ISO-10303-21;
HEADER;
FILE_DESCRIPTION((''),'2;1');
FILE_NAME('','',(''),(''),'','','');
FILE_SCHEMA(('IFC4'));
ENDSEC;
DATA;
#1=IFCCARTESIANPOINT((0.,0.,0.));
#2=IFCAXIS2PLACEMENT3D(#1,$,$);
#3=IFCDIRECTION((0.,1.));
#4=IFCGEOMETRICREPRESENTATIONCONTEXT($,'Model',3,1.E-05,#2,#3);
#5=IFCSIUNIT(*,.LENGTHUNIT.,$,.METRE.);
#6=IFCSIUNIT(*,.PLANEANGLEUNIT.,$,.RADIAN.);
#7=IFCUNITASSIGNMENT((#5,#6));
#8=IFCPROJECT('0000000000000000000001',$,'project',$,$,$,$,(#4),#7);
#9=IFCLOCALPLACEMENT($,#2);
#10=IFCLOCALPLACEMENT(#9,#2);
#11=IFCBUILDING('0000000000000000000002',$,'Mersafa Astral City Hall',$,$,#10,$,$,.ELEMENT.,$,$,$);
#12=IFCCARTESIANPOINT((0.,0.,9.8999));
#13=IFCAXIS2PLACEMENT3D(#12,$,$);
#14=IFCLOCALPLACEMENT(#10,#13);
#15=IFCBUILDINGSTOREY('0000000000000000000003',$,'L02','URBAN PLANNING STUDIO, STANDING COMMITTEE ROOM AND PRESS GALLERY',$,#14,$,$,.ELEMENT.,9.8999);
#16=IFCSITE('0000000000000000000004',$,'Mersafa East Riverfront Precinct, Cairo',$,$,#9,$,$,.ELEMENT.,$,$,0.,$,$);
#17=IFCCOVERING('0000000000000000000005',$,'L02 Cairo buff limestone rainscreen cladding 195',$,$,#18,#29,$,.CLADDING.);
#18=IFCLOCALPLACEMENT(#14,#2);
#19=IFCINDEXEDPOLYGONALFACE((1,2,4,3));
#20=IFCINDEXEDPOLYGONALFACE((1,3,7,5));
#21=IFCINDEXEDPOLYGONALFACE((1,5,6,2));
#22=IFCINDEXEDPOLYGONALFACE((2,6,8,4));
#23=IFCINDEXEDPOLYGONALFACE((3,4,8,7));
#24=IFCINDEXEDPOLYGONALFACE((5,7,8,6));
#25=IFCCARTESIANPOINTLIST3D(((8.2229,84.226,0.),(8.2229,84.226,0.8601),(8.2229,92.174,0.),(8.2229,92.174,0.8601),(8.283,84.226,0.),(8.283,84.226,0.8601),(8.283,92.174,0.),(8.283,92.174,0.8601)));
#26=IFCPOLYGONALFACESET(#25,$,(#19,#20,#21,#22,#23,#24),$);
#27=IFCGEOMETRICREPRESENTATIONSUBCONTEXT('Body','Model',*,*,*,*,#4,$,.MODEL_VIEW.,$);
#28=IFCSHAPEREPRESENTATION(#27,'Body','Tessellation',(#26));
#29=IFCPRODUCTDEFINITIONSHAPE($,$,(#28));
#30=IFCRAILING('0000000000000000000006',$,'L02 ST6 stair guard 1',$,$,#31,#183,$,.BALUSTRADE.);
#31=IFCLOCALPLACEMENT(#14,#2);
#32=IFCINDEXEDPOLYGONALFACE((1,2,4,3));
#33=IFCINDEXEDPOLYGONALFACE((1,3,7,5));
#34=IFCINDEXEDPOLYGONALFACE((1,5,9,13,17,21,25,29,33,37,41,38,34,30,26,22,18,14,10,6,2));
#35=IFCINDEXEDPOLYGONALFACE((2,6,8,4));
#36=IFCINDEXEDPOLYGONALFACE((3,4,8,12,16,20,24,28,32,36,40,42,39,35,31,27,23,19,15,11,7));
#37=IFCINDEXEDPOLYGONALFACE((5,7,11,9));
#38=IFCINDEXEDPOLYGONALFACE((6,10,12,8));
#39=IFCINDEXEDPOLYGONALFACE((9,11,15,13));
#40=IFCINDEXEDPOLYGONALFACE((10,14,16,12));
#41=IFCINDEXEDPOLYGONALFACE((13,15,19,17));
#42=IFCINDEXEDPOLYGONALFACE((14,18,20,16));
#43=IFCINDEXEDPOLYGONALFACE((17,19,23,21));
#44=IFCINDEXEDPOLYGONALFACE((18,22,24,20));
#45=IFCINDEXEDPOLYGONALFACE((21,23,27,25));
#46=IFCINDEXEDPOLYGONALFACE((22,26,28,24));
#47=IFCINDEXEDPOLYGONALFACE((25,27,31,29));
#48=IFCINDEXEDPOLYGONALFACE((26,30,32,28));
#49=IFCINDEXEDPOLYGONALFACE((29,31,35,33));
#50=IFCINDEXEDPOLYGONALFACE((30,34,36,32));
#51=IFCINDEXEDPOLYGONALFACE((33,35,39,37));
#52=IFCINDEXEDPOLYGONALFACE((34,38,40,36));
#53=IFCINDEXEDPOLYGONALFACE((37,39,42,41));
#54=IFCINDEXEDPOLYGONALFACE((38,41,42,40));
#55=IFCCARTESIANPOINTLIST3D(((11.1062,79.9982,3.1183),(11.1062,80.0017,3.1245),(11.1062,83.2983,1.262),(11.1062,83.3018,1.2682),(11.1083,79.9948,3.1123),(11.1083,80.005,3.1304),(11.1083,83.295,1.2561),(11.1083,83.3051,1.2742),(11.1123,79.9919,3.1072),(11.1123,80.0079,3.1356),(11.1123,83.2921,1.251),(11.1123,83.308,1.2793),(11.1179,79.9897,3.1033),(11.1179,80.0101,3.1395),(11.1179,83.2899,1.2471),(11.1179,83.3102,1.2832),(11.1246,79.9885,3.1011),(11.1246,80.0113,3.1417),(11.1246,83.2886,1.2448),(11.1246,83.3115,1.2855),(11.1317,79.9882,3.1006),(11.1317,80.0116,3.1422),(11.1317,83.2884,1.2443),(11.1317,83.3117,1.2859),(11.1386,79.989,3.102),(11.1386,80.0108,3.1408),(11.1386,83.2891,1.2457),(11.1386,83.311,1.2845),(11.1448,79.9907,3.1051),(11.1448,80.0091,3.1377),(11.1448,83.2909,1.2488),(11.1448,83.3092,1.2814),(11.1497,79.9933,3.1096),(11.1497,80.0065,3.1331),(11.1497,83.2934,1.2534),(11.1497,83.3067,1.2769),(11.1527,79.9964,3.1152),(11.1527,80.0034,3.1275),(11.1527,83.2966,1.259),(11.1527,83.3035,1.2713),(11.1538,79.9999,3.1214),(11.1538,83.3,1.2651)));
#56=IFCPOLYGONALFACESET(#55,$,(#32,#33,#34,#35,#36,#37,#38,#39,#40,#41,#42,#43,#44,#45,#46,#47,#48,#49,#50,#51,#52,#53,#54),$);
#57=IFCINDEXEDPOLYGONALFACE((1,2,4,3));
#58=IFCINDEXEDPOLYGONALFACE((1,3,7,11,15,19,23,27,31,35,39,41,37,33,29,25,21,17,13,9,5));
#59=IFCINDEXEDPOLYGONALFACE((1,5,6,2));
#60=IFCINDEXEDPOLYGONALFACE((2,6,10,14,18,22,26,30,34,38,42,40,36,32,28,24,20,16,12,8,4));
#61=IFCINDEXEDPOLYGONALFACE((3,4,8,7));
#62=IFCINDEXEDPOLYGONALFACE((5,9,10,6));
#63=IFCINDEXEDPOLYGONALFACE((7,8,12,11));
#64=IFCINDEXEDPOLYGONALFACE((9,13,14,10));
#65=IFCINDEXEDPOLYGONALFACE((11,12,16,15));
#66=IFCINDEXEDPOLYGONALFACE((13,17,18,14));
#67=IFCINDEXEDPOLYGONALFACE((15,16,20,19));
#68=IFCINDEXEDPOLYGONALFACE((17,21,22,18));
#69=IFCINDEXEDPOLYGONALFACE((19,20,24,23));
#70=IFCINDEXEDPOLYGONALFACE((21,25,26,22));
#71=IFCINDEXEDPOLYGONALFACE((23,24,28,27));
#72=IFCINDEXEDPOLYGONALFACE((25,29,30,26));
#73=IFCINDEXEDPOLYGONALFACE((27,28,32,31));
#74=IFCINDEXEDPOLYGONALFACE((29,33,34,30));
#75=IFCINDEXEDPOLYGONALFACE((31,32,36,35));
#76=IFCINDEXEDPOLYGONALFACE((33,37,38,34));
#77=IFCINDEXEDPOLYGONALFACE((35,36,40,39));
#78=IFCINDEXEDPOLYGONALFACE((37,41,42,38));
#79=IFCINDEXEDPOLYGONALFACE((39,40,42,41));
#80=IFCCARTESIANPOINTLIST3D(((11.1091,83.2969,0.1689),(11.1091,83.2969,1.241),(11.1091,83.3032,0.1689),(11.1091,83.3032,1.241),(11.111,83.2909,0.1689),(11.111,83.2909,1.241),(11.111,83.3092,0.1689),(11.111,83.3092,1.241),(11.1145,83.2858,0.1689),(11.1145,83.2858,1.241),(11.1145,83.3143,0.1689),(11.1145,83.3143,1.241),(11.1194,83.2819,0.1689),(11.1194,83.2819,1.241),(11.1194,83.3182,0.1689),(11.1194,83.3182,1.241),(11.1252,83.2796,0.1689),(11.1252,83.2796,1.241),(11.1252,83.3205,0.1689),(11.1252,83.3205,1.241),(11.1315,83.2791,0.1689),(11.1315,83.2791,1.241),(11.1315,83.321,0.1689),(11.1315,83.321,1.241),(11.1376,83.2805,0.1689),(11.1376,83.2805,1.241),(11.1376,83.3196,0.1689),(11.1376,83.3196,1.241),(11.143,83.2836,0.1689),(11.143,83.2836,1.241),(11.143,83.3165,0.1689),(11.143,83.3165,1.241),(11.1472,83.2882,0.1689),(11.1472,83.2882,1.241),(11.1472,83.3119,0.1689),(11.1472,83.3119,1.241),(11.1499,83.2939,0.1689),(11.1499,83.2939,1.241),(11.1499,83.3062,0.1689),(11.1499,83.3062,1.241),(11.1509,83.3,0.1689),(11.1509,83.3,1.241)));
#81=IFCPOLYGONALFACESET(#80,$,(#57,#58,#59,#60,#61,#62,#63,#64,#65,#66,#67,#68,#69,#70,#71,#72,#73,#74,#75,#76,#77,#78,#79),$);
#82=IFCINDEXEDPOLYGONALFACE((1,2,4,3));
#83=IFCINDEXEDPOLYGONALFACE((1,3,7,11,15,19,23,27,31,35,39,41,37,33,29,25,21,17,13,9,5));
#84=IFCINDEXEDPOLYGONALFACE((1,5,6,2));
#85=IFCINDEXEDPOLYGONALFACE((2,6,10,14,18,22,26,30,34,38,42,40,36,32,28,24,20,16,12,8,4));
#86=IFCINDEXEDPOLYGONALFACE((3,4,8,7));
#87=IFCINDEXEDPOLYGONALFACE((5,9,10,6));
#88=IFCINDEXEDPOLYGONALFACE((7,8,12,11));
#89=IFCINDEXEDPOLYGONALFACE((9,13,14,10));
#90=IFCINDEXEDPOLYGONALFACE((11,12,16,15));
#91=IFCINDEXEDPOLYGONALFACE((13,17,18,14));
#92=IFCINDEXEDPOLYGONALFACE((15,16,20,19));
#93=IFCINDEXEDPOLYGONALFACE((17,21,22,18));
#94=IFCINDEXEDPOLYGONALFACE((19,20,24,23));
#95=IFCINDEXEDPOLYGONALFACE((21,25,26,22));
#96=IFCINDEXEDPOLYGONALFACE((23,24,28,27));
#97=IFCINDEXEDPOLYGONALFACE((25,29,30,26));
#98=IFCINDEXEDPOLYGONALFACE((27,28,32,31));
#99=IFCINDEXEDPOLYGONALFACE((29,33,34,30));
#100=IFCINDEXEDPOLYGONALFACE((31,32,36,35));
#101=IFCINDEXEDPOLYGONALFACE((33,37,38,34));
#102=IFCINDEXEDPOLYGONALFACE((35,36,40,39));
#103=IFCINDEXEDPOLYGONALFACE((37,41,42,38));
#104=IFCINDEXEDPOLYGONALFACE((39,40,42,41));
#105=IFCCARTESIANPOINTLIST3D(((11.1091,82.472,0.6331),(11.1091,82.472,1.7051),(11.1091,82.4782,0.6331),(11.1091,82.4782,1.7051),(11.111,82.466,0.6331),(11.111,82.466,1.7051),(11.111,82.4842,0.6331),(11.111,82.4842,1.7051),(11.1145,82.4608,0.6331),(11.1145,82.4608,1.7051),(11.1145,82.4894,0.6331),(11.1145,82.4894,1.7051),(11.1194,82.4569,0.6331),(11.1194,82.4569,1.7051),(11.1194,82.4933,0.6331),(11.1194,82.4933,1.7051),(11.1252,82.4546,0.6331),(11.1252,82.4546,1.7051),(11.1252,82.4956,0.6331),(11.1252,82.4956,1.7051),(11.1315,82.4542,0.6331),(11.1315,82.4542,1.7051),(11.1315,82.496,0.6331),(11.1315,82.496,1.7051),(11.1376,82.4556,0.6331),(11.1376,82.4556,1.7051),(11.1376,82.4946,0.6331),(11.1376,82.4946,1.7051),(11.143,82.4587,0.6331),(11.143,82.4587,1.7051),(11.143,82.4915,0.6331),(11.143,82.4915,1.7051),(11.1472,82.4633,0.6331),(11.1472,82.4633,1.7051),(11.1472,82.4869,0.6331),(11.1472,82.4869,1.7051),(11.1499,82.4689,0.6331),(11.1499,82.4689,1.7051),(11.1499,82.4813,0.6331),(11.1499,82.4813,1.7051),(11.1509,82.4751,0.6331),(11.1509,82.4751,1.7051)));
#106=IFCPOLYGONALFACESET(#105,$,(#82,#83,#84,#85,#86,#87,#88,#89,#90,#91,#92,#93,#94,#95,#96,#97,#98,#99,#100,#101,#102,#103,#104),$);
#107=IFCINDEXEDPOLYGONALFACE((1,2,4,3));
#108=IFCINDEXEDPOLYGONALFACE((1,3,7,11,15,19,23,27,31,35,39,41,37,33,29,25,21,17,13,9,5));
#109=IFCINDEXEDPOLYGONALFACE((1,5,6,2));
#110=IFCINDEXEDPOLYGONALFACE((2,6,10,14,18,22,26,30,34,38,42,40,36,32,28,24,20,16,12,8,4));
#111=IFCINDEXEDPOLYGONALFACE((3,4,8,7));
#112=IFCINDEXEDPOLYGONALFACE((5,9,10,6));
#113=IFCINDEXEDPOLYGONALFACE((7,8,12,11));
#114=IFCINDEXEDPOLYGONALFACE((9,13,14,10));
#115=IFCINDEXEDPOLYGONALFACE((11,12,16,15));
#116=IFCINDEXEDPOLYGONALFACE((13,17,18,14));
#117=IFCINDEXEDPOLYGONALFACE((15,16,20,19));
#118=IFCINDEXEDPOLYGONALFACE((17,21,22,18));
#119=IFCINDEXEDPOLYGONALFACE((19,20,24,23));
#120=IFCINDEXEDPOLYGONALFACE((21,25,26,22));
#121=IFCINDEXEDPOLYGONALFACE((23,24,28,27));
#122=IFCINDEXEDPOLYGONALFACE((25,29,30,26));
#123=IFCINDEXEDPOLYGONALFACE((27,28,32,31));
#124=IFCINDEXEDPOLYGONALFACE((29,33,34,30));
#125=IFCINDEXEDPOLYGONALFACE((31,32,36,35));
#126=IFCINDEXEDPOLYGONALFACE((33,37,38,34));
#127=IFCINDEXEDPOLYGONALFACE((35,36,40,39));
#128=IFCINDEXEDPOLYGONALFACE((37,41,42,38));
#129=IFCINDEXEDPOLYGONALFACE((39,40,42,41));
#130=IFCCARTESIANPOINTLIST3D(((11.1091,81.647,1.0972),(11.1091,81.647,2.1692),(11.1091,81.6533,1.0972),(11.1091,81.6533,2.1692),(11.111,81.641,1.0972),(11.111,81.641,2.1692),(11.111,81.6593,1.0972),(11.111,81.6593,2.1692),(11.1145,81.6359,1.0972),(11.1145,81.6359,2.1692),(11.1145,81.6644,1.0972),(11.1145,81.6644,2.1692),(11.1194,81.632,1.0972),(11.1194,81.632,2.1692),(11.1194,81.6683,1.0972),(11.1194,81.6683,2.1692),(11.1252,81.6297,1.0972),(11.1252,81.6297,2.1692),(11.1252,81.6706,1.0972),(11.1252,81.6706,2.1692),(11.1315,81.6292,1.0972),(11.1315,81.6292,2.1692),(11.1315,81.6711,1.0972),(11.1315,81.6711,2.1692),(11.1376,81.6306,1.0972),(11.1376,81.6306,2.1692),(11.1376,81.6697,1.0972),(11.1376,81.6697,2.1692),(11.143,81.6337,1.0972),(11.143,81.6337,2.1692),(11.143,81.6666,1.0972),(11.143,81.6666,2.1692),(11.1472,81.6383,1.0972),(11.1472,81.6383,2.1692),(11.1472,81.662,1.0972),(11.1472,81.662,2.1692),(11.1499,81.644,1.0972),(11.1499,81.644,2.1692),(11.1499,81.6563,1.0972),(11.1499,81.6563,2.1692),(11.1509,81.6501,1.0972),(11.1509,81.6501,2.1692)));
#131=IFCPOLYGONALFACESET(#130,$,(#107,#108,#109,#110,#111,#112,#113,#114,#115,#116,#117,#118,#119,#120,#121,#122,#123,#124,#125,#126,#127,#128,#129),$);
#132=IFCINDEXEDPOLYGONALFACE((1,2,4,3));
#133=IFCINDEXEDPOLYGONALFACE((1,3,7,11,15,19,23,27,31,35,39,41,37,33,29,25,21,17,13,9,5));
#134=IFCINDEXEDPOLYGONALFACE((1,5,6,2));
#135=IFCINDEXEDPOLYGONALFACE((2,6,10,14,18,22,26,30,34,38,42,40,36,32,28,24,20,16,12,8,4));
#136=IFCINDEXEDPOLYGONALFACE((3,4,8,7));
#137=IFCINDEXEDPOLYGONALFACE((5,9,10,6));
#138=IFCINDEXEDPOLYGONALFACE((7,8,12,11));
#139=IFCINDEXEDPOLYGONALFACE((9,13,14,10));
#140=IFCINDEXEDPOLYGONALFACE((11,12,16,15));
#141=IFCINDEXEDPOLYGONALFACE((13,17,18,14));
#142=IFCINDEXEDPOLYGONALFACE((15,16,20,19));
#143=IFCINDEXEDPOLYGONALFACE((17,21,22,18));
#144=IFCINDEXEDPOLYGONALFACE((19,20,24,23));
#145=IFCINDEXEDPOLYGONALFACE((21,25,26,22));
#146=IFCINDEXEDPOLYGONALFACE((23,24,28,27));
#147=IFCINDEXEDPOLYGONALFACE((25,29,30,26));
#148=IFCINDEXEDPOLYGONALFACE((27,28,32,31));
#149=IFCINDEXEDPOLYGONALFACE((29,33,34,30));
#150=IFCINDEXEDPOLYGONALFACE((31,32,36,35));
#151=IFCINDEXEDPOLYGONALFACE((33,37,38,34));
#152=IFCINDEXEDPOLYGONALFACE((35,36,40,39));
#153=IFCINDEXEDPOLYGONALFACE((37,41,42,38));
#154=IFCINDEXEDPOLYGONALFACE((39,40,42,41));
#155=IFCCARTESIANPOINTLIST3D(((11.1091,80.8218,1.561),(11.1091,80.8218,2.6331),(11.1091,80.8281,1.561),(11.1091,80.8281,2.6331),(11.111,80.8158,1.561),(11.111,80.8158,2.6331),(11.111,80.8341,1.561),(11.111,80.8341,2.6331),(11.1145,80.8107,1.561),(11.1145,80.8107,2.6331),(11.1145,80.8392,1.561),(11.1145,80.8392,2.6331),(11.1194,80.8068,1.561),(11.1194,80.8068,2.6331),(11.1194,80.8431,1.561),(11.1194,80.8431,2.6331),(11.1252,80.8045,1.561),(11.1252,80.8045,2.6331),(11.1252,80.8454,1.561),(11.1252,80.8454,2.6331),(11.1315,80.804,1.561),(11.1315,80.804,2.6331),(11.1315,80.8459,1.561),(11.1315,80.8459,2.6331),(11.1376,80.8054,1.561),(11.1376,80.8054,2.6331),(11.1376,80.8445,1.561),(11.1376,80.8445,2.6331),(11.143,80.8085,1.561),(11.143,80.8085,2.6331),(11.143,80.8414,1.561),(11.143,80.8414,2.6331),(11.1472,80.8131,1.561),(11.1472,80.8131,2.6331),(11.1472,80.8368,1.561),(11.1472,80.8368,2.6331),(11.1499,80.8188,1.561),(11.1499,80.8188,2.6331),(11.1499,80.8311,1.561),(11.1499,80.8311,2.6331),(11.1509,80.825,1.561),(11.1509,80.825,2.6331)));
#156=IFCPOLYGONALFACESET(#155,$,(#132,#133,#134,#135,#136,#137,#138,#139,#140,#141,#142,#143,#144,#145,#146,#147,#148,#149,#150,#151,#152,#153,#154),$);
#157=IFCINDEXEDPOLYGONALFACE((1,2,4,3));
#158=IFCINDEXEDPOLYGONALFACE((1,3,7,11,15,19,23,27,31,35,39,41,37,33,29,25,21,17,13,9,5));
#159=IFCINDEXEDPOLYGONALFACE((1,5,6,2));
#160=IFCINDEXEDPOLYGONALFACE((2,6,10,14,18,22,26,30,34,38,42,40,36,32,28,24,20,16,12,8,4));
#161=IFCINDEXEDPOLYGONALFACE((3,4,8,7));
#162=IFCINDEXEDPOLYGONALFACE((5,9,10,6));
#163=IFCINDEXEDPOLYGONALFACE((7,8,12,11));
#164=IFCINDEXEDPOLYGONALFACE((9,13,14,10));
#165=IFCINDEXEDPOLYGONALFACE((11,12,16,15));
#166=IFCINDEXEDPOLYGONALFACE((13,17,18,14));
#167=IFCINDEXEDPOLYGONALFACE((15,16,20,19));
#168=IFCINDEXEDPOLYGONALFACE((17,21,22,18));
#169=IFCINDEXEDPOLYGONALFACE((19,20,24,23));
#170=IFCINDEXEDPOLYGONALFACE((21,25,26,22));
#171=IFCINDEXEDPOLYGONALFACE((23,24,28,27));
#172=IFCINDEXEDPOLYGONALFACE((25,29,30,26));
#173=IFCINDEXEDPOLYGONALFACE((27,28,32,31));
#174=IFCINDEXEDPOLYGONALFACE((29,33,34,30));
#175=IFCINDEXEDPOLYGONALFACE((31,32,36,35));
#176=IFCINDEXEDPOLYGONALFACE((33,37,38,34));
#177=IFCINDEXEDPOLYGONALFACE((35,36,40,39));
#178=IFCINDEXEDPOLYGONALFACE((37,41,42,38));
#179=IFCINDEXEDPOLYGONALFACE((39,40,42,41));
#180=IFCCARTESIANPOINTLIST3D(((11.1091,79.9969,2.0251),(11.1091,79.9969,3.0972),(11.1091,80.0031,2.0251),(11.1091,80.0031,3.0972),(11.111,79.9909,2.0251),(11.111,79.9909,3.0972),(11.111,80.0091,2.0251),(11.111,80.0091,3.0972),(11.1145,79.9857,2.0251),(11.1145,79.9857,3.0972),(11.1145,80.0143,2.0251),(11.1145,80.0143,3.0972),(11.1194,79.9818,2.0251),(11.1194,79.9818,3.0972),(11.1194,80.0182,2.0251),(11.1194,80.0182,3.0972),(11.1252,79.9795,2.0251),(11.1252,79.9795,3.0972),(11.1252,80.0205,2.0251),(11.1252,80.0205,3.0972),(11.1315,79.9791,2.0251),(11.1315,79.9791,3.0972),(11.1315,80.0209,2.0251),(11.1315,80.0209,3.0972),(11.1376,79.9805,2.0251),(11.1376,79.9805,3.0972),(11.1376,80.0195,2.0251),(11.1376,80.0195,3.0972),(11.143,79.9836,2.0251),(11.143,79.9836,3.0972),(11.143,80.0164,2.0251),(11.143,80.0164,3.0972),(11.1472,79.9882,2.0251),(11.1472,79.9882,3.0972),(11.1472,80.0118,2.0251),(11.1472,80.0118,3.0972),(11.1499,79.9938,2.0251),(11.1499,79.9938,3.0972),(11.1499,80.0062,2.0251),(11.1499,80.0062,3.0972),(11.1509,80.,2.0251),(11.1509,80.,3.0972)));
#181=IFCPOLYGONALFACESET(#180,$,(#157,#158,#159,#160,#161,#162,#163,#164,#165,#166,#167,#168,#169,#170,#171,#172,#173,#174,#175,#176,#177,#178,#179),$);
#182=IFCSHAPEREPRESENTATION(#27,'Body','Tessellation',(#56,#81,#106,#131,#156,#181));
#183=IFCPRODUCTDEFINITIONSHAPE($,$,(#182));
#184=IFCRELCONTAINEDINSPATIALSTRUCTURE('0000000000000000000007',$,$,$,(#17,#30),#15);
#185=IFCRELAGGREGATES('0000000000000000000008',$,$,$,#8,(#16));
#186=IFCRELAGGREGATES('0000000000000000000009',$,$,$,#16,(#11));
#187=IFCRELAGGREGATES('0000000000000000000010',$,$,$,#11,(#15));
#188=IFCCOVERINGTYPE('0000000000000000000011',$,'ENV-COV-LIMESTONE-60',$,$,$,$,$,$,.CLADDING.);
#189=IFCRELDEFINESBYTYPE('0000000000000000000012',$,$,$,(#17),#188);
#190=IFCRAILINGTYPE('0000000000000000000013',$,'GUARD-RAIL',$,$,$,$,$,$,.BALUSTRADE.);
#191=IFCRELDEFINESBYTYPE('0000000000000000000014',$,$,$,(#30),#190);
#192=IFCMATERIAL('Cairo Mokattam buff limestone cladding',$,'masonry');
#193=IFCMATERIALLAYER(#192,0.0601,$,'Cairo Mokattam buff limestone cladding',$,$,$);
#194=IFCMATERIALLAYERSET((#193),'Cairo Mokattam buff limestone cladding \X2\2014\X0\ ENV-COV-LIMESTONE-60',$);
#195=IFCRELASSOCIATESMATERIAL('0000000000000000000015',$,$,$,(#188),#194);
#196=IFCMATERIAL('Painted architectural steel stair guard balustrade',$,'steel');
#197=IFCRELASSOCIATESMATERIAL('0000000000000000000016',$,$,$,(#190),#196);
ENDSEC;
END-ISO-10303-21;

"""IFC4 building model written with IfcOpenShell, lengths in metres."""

from ifc_helpers import new_model, si_unit, direction, frame, origin, origin_2d, place, context, subcontext, project, spatial, rectangle, circle, extrude, material, layer, layer_set, type_object, element, save


model = new_model("IFC4")

# Units and contexts
model_context = context("Model", 3, precision=1e-05, world=origin(), true_north=direction((0.0, 1.0)))
body_context = subcontext(model_context, "Body", "Model", "MODEL_VIEW")
ifc_project = project(units=[si_unit("LENGTHUNIT", "METRE"), si_unit("PLANEANGLEUNIT", "RADIAN")], contexts=[model_context])

# Site, building, storey
site_placement = place(None, origin())
site = spatial("IfcSite", under=ifc_project, at=site_placement, Name="Mersafa East Riverfront Precinct, Cairo", CompositionType="ELEMENT", RefElevation=0.0)
building_placement = place(site_placement, origin())
building = spatial("IfcBuilding", under=site, at=building_placement, Name="Mersafa Astral City Hall", CompositionType="ELEMENT")
storey_placement = place(building_placement, frame((0.0, 0.0, 9.8999)))
storey = spatial("IfcBuildingStorey", under=building, at=storey_placement, Name="L02", Description="URBAN PLANNING STUDIO, STANDING COMMITTEE ROOM AND PRESS GALLERY", CompositionType="ELEMENT", Elevation=9.8999)

# Covering
ifc_material_1 = material(Name="Cairo Mokattam buff limestone cladding", Category="masonry")
ifc_layer_1 = layer(ifc_material_1, 0.0601, Name="Cairo Mokattam buff limestone cladding")
ifc_layer_set_1 = layer_set([ifc_layer_1], Name="Cairo Mokattam buff limestone cladding — ENV-COV-LIMESTONE-60")
covering_type = type_object("IfcCoveringType", Name="ENV-COV-LIMESTONE-60", PredefinedType="CLADDING", material=ifc_layer_set_1)
covering_placement = place(storey_placement, frame((8.2529, 88.2, 0.0), z_axis=(0.0, 0.0, 1.0), x_axis=(0.0, -1.0, 0.0)))
element("IfcCovering", 1, at=covering_placement, inside=storey, type_object=covering_type, Name="L02 Cairo buff limestone rainscreen cladding 195", PredefinedType="CLADDING", context=body_context, shape_type="SweptSolid", body=[
    extrude(rectangle(XDim=7.948, YDim=0.0601, at=origin_2d()), origin(), (0.0, 0.0, 1.0), 0.8601),
])

# Railing
ifc_material_2 = material(Name="Painted architectural steel stair guard balustrade", Category="steel")
railing_type_1 = type_object("IfcRailingType", Name="GUARD-RAIL", PredefinedType="BALUSTRADE", material=ifc_material_2)
railing_1_placement = place(storey_placement, frame((11.1299, 83.3, 0.1689)))
element("IfcRailing", 2, at=railing_1_placement, inside=storey, type_object=railing_type_1, Name="L02 ST6 stair guard 1", PredefinedType="BALUSTRADE", context=body_context, shape_type="SweptSolid", body=[
    extrude(circle(Radius=0.0239, at=origin_2d()), frame((0.0, 0.0, 1.0962), z_axis=(0.0, -0.871584, 0.490246), x_axis=(1.0, 0.0, 0.0)), (0.0, 0.0, 1.0), 3.7864),
    extrude(circle(Radius=0.021, at=origin_2d()), origin(), (0.0, 0.0, 1.0), 1.072),
    extrude(circle(Radius=0.021, at=origin_2d()), frame((0.0, -0.825, 0.4641)), (0.0, 0.0, 1.0), 1.072),
    extrude(circle(Radius=0.021, at=origin_2d()), frame((0.0, -1.6499, 0.9282)), (0.0, 0.0, 1.0), 1.072),
    extrude(circle(Radius=0.021, at=origin_2d()), frame((0.0, -2.4751, 1.3921)), (0.0, 0.0, 1.0), 1.072),
    extrude(circle(Radius=0.021, at=origin_2d()), frame((0.0, -3.3, 1.8562)), (0.0, 0.0, 1.0), 1.072),
])

save(model, "model.ifc")
